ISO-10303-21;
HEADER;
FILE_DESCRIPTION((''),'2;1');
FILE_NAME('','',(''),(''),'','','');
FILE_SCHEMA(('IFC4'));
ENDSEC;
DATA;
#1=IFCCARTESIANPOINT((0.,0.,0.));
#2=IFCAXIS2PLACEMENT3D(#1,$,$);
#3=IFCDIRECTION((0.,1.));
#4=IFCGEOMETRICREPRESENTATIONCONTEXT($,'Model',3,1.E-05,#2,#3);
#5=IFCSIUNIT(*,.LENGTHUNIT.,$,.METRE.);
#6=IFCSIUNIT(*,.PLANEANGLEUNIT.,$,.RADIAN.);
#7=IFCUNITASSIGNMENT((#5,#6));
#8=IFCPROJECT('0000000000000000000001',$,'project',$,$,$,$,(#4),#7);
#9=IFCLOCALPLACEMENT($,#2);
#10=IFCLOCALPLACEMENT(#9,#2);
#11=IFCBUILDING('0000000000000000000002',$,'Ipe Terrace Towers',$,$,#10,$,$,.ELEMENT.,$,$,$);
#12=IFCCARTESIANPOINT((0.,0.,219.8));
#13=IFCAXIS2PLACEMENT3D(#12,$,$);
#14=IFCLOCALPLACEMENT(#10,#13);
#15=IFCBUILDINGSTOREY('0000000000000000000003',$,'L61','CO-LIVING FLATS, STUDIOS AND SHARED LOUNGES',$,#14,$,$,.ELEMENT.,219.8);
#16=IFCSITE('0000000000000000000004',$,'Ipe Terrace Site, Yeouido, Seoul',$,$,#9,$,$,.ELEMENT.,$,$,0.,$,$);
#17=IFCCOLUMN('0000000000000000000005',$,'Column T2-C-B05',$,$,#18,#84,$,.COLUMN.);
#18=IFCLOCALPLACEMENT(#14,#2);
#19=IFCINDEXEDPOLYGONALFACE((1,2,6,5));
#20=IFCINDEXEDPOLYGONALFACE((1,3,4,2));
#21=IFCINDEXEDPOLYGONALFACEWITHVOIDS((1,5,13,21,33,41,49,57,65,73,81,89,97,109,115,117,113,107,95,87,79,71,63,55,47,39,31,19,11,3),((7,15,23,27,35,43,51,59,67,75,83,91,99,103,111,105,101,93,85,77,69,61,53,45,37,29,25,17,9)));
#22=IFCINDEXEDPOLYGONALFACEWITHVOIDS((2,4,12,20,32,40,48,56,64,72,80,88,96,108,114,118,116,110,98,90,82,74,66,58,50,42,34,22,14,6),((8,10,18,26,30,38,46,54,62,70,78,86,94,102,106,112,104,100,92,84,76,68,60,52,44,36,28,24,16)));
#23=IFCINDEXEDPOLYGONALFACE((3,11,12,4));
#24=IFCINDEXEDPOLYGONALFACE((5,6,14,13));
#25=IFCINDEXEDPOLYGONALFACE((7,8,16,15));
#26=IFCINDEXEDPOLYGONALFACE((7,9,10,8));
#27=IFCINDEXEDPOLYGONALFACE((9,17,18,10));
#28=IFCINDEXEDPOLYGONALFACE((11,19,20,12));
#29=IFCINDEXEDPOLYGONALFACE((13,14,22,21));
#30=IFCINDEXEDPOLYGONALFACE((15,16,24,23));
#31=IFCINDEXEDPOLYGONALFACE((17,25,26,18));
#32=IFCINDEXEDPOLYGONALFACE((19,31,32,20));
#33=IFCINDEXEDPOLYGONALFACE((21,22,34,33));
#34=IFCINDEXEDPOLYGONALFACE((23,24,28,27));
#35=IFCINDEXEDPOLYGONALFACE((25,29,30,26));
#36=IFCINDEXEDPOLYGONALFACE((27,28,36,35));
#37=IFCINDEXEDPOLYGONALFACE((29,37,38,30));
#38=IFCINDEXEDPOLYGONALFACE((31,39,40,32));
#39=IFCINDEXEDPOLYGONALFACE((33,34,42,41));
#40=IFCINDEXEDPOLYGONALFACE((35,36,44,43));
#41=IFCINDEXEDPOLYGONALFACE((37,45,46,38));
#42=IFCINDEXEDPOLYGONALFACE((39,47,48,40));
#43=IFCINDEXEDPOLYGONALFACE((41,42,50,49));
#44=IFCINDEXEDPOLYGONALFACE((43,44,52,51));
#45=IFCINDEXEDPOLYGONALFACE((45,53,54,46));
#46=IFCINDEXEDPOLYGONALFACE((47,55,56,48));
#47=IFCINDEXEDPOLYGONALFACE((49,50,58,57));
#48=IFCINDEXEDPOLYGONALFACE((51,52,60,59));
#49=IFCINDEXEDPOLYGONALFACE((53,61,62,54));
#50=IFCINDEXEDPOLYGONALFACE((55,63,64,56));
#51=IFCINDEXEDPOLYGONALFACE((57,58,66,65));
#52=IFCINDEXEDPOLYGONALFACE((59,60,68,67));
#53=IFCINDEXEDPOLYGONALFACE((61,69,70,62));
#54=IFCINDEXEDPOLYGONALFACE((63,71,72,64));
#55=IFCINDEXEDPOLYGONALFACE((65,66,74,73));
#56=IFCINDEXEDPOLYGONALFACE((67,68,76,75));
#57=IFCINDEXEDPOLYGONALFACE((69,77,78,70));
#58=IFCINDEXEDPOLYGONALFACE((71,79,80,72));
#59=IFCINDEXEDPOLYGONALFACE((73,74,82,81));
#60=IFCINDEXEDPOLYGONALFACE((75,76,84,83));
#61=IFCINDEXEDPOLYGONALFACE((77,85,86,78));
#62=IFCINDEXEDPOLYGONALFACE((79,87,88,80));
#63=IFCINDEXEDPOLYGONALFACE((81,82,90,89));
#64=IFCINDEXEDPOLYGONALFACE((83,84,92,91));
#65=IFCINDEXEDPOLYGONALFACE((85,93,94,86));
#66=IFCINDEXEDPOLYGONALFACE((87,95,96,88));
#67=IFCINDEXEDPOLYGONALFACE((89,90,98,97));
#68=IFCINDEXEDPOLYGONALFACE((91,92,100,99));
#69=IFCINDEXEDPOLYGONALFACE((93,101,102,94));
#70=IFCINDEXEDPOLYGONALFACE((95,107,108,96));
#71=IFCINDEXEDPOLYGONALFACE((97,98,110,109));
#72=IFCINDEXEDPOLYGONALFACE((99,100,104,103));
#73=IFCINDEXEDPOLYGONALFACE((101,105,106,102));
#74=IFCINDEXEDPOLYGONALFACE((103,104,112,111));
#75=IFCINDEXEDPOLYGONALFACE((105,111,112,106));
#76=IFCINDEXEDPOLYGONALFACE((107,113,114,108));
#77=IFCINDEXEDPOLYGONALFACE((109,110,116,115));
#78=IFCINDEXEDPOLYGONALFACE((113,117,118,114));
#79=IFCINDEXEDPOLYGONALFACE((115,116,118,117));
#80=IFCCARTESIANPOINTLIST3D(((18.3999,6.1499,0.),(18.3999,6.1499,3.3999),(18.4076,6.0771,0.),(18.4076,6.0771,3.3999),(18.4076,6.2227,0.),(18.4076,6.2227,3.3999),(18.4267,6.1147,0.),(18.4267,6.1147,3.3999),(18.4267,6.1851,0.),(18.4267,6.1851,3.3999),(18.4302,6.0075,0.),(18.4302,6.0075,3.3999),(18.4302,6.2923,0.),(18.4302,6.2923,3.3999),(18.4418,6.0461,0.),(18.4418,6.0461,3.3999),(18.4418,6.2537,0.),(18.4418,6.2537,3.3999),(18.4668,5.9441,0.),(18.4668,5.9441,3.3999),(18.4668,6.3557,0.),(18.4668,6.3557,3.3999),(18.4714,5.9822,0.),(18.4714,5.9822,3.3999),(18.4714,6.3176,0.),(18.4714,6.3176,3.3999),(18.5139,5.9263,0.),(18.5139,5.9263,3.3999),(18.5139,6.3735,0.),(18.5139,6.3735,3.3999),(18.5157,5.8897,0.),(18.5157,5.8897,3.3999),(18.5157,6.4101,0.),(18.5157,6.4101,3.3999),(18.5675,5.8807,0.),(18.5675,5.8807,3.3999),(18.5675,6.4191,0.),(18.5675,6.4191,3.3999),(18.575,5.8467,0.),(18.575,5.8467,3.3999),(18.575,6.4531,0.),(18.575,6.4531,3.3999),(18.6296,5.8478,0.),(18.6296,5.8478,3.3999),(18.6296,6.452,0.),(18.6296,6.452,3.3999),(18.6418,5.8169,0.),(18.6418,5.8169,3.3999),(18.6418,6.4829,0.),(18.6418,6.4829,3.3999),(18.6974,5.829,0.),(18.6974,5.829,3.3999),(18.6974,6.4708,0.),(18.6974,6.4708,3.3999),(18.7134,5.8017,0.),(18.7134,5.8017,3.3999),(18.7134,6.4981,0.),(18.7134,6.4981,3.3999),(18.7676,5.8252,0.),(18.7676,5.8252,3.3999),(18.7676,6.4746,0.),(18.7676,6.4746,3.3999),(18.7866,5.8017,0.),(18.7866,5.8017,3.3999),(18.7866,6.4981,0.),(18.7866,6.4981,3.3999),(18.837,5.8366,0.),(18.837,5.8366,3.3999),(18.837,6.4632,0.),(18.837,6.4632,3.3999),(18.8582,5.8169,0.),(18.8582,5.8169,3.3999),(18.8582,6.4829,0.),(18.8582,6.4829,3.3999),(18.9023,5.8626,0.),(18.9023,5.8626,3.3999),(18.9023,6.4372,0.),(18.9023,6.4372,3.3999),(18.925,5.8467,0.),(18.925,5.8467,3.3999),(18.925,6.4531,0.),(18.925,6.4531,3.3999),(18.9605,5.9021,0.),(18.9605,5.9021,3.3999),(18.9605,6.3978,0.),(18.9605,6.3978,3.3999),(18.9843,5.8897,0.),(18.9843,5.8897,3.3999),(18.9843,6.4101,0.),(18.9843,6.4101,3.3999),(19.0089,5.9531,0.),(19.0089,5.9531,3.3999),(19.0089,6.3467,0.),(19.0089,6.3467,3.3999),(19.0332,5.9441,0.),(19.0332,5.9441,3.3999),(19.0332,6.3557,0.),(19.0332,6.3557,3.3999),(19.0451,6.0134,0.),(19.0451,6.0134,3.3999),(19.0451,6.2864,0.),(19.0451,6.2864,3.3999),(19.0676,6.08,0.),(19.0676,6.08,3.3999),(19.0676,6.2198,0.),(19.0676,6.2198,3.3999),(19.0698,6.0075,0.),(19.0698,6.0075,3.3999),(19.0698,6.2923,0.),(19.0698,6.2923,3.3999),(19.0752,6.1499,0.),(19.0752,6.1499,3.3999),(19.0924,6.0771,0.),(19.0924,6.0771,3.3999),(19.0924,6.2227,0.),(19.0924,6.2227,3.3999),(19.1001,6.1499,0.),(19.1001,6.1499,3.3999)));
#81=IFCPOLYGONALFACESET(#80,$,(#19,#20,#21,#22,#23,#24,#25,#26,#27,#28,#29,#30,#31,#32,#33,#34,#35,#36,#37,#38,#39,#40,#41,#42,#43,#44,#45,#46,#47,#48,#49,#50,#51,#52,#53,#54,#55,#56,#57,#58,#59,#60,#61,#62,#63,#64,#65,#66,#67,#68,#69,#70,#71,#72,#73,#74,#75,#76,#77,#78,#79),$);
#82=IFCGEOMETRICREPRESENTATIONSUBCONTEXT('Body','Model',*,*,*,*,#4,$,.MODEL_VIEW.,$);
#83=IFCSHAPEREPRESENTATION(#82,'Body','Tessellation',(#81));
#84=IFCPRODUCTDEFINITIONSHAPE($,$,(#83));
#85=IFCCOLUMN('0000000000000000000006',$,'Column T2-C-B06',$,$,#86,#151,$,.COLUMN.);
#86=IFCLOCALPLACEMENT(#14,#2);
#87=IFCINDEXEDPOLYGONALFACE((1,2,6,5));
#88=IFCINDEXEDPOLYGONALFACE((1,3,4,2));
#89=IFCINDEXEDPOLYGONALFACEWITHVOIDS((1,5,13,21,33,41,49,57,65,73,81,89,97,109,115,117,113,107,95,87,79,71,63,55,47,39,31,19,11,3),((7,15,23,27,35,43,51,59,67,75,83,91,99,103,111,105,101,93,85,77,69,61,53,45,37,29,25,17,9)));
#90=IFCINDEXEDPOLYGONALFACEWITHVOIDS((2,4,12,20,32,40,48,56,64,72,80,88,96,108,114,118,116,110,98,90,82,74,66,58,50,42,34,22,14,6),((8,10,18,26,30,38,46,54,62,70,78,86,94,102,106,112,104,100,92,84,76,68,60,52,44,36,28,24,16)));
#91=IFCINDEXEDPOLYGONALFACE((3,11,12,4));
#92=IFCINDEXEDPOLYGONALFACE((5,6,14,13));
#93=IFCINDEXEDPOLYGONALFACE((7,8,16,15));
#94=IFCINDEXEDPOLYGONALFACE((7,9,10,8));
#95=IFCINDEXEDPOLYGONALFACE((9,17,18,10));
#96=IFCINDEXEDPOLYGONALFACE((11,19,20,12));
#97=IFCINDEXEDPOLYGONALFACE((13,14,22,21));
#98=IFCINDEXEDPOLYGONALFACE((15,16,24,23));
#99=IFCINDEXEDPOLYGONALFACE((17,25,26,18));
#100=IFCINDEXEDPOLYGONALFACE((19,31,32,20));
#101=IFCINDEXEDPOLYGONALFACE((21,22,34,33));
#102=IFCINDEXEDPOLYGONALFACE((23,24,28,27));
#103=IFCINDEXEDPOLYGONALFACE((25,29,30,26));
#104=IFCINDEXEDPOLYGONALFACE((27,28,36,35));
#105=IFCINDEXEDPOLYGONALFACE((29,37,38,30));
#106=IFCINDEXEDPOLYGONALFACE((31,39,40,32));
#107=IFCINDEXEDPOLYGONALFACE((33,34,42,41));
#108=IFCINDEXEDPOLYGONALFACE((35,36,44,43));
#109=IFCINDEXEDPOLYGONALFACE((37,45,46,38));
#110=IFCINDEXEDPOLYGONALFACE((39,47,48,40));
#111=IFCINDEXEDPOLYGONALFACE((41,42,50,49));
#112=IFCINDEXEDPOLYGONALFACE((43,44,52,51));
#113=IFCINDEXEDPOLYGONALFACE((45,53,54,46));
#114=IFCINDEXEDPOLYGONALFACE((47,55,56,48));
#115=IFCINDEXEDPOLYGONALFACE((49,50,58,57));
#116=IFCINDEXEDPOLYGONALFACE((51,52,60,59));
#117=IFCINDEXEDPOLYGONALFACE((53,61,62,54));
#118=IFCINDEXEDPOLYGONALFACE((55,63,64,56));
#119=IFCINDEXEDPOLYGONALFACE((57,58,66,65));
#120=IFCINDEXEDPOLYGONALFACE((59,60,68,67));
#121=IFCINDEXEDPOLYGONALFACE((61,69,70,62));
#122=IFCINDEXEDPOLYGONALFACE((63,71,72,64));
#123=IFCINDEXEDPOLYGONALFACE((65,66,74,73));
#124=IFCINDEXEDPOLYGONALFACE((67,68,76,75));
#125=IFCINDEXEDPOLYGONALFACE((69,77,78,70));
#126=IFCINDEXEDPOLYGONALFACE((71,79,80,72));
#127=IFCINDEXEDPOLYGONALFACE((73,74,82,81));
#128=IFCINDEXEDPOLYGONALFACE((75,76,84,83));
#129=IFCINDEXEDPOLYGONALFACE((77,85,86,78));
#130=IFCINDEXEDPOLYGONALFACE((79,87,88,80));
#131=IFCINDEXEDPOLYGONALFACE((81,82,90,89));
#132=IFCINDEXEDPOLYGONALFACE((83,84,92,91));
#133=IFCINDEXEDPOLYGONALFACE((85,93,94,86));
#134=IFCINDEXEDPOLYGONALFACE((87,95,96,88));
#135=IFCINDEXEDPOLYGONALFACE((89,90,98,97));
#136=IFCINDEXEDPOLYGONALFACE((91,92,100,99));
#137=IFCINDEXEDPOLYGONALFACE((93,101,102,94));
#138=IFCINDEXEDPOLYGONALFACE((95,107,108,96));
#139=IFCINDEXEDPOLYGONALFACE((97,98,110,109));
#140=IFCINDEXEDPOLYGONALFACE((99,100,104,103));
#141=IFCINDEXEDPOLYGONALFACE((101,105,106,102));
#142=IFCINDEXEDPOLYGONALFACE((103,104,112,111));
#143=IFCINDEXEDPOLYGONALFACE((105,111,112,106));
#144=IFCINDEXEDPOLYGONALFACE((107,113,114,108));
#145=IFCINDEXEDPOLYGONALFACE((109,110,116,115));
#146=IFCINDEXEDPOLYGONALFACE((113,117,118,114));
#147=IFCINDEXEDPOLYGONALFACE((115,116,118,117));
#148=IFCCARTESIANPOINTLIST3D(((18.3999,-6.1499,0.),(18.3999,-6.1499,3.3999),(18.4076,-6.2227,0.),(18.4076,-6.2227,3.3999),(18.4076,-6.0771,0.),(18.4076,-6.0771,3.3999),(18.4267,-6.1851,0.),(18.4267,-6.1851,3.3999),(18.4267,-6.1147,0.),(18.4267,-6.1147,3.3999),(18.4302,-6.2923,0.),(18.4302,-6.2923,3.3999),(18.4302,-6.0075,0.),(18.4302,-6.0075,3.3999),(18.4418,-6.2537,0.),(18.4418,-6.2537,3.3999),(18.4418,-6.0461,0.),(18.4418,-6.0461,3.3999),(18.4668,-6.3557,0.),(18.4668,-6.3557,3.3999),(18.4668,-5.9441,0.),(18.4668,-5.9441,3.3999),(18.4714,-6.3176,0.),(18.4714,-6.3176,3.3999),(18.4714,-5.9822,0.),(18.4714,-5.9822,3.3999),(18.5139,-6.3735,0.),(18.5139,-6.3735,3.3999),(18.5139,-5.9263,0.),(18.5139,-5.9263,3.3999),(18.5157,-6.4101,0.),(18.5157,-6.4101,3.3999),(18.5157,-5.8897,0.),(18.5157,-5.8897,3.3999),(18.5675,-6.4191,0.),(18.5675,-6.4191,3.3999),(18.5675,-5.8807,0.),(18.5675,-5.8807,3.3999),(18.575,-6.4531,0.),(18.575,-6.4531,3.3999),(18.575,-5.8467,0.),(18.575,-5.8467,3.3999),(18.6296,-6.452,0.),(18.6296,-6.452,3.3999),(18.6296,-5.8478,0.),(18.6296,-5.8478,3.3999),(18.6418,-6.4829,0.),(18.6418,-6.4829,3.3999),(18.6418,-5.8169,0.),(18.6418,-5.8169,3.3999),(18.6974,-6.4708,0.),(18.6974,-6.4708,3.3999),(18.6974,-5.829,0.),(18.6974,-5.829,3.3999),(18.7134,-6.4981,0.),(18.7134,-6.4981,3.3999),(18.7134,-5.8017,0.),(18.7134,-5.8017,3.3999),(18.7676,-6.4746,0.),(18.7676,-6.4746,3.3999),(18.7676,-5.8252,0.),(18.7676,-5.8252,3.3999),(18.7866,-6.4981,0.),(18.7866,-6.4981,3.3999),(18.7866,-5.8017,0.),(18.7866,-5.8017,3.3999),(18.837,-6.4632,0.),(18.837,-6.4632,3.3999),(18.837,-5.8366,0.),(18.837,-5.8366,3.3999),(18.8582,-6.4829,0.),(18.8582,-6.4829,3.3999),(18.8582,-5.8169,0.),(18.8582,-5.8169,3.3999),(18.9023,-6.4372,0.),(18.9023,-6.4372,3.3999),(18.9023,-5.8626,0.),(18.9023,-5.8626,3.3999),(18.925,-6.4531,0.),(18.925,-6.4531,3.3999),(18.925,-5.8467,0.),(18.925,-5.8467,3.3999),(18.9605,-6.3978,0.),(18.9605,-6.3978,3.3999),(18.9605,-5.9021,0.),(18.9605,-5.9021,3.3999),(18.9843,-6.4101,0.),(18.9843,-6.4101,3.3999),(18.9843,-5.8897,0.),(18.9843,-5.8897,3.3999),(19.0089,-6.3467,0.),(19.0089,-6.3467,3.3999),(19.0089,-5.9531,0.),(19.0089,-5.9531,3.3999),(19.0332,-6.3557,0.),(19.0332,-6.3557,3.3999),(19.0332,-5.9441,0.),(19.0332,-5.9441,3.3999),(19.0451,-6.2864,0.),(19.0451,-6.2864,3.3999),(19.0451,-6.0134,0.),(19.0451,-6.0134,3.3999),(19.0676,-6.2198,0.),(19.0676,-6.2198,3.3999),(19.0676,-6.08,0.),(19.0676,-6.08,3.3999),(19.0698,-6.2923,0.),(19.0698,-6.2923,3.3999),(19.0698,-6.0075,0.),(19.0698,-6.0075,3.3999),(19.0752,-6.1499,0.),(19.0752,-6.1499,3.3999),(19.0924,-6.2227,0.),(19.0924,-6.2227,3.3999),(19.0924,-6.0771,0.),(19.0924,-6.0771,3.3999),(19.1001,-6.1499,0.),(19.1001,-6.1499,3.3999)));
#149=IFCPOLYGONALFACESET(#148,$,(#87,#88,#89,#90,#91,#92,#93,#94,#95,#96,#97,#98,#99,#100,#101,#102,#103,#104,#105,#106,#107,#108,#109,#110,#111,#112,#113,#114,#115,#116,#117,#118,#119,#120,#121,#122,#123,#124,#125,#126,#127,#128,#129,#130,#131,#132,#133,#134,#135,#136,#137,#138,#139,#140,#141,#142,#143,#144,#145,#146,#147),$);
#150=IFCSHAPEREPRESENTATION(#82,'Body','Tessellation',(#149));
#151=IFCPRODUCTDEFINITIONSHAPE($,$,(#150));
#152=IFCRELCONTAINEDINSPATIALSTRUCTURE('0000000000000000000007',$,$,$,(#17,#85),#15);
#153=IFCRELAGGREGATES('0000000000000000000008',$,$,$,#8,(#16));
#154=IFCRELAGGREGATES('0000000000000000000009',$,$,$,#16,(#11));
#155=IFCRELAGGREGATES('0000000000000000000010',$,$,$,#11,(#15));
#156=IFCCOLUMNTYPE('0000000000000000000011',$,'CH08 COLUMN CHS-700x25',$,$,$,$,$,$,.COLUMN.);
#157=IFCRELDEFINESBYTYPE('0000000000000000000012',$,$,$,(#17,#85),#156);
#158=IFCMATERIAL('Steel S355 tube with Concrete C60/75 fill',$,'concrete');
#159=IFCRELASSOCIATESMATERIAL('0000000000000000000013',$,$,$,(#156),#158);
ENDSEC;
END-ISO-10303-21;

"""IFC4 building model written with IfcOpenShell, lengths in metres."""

from ifc_helpers import new_model, si_unit, direction, frame, origin, origin_2d, place, context, subcontext, project, spatial, hollow_circle, extrude, material, material_profile, profile_set, type_object, element, save


model = new_model("IFC4")

# Units and contexts
model_context = context("Model", 3, precision=1e-05, world=origin(), true_north=direction((0.0, 1.0)))
body_context = subcontext(model_context, "Body", "Model", "MODEL_VIEW")
ifc_project = project(units=[si_unit("LENGTHUNIT", "METRE"), si_unit("PLANEANGLEUNIT", "RADIAN")], contexts=[model_context])

# Site, building, storey
site_placement = place(None, origin())
site = spatial("IfcSite", under=ifc_project, at=site_placement, Name="Ipe Terrace Site, Yeouido, Seoul", CompositionType="ELEMENT", RefElevation=0.0)
building_placement = place(site_placement, origin())
building = spatial("IfcBuilding", under=site, at=building_placement, Name="Ipe Terrace Towers", CompositionType="ELEMENT")
storey_placement = place(building_placement, frame((0.0, 0.0, 219.8)))
storey = spatial("IfcBuildingStorey", under=building, at=storey_placement, Name="L61", Description="CO-LIVING FLATS, STUDIOS AND SHARED LOUNGES", CompositionType="ELEMENT", Elevation=219.8)

# Columns
ifc_material_1 = material(Name="Steel S355 tube with Concrete C60/75 fill", Category="concrete")
ifc_material_profile_1 = material_profile(ifc_material_1, hollow_circle(Radius=0.3501, WallThickness=0.0249, at=origin_2d()), Name="CHS-700x25")
ifc_profile_set_1 = profile_set([ifc_material_profile_1], Name="Steel S355 tube with Concrete C60/75 fill")
column_type = type_object("IfcColumnType", Name="CH08 COLUMN CHS-700x25", PredefinedType="COLUMN", material=ifc_profile_set_1)
for number, where, z_axis, x_axis, name in (
    (1, (18.75, 6.1499, 0.0), (0.0, 0.0, 1.0), (1.0, 0.0, 0.0), "Column T2-C-B05"),
    (2, (18.75, -6.1499, 0.0), (0.0, 0.0, 1.0), (1.0, 0.0, 0.0), "Column T2-C-B06"),
):
    element("IfcColumn", number, at=place(storey_placement, frame(where, z_axis=z_axis, x_axis=x_axis)), inside=storey, type_object=column_type, Name=name, PredefinedType="COLUMN", context=body_context, shape_type="SweptSolid", body=[
        extrude(hollow_circle(Radius=0.3501, WallThickness=0.0249, at=origin_2d()), origin(), (0.0, 0.0, 1.0), 3.3999),
    ])

save(model, "model.ifc")
